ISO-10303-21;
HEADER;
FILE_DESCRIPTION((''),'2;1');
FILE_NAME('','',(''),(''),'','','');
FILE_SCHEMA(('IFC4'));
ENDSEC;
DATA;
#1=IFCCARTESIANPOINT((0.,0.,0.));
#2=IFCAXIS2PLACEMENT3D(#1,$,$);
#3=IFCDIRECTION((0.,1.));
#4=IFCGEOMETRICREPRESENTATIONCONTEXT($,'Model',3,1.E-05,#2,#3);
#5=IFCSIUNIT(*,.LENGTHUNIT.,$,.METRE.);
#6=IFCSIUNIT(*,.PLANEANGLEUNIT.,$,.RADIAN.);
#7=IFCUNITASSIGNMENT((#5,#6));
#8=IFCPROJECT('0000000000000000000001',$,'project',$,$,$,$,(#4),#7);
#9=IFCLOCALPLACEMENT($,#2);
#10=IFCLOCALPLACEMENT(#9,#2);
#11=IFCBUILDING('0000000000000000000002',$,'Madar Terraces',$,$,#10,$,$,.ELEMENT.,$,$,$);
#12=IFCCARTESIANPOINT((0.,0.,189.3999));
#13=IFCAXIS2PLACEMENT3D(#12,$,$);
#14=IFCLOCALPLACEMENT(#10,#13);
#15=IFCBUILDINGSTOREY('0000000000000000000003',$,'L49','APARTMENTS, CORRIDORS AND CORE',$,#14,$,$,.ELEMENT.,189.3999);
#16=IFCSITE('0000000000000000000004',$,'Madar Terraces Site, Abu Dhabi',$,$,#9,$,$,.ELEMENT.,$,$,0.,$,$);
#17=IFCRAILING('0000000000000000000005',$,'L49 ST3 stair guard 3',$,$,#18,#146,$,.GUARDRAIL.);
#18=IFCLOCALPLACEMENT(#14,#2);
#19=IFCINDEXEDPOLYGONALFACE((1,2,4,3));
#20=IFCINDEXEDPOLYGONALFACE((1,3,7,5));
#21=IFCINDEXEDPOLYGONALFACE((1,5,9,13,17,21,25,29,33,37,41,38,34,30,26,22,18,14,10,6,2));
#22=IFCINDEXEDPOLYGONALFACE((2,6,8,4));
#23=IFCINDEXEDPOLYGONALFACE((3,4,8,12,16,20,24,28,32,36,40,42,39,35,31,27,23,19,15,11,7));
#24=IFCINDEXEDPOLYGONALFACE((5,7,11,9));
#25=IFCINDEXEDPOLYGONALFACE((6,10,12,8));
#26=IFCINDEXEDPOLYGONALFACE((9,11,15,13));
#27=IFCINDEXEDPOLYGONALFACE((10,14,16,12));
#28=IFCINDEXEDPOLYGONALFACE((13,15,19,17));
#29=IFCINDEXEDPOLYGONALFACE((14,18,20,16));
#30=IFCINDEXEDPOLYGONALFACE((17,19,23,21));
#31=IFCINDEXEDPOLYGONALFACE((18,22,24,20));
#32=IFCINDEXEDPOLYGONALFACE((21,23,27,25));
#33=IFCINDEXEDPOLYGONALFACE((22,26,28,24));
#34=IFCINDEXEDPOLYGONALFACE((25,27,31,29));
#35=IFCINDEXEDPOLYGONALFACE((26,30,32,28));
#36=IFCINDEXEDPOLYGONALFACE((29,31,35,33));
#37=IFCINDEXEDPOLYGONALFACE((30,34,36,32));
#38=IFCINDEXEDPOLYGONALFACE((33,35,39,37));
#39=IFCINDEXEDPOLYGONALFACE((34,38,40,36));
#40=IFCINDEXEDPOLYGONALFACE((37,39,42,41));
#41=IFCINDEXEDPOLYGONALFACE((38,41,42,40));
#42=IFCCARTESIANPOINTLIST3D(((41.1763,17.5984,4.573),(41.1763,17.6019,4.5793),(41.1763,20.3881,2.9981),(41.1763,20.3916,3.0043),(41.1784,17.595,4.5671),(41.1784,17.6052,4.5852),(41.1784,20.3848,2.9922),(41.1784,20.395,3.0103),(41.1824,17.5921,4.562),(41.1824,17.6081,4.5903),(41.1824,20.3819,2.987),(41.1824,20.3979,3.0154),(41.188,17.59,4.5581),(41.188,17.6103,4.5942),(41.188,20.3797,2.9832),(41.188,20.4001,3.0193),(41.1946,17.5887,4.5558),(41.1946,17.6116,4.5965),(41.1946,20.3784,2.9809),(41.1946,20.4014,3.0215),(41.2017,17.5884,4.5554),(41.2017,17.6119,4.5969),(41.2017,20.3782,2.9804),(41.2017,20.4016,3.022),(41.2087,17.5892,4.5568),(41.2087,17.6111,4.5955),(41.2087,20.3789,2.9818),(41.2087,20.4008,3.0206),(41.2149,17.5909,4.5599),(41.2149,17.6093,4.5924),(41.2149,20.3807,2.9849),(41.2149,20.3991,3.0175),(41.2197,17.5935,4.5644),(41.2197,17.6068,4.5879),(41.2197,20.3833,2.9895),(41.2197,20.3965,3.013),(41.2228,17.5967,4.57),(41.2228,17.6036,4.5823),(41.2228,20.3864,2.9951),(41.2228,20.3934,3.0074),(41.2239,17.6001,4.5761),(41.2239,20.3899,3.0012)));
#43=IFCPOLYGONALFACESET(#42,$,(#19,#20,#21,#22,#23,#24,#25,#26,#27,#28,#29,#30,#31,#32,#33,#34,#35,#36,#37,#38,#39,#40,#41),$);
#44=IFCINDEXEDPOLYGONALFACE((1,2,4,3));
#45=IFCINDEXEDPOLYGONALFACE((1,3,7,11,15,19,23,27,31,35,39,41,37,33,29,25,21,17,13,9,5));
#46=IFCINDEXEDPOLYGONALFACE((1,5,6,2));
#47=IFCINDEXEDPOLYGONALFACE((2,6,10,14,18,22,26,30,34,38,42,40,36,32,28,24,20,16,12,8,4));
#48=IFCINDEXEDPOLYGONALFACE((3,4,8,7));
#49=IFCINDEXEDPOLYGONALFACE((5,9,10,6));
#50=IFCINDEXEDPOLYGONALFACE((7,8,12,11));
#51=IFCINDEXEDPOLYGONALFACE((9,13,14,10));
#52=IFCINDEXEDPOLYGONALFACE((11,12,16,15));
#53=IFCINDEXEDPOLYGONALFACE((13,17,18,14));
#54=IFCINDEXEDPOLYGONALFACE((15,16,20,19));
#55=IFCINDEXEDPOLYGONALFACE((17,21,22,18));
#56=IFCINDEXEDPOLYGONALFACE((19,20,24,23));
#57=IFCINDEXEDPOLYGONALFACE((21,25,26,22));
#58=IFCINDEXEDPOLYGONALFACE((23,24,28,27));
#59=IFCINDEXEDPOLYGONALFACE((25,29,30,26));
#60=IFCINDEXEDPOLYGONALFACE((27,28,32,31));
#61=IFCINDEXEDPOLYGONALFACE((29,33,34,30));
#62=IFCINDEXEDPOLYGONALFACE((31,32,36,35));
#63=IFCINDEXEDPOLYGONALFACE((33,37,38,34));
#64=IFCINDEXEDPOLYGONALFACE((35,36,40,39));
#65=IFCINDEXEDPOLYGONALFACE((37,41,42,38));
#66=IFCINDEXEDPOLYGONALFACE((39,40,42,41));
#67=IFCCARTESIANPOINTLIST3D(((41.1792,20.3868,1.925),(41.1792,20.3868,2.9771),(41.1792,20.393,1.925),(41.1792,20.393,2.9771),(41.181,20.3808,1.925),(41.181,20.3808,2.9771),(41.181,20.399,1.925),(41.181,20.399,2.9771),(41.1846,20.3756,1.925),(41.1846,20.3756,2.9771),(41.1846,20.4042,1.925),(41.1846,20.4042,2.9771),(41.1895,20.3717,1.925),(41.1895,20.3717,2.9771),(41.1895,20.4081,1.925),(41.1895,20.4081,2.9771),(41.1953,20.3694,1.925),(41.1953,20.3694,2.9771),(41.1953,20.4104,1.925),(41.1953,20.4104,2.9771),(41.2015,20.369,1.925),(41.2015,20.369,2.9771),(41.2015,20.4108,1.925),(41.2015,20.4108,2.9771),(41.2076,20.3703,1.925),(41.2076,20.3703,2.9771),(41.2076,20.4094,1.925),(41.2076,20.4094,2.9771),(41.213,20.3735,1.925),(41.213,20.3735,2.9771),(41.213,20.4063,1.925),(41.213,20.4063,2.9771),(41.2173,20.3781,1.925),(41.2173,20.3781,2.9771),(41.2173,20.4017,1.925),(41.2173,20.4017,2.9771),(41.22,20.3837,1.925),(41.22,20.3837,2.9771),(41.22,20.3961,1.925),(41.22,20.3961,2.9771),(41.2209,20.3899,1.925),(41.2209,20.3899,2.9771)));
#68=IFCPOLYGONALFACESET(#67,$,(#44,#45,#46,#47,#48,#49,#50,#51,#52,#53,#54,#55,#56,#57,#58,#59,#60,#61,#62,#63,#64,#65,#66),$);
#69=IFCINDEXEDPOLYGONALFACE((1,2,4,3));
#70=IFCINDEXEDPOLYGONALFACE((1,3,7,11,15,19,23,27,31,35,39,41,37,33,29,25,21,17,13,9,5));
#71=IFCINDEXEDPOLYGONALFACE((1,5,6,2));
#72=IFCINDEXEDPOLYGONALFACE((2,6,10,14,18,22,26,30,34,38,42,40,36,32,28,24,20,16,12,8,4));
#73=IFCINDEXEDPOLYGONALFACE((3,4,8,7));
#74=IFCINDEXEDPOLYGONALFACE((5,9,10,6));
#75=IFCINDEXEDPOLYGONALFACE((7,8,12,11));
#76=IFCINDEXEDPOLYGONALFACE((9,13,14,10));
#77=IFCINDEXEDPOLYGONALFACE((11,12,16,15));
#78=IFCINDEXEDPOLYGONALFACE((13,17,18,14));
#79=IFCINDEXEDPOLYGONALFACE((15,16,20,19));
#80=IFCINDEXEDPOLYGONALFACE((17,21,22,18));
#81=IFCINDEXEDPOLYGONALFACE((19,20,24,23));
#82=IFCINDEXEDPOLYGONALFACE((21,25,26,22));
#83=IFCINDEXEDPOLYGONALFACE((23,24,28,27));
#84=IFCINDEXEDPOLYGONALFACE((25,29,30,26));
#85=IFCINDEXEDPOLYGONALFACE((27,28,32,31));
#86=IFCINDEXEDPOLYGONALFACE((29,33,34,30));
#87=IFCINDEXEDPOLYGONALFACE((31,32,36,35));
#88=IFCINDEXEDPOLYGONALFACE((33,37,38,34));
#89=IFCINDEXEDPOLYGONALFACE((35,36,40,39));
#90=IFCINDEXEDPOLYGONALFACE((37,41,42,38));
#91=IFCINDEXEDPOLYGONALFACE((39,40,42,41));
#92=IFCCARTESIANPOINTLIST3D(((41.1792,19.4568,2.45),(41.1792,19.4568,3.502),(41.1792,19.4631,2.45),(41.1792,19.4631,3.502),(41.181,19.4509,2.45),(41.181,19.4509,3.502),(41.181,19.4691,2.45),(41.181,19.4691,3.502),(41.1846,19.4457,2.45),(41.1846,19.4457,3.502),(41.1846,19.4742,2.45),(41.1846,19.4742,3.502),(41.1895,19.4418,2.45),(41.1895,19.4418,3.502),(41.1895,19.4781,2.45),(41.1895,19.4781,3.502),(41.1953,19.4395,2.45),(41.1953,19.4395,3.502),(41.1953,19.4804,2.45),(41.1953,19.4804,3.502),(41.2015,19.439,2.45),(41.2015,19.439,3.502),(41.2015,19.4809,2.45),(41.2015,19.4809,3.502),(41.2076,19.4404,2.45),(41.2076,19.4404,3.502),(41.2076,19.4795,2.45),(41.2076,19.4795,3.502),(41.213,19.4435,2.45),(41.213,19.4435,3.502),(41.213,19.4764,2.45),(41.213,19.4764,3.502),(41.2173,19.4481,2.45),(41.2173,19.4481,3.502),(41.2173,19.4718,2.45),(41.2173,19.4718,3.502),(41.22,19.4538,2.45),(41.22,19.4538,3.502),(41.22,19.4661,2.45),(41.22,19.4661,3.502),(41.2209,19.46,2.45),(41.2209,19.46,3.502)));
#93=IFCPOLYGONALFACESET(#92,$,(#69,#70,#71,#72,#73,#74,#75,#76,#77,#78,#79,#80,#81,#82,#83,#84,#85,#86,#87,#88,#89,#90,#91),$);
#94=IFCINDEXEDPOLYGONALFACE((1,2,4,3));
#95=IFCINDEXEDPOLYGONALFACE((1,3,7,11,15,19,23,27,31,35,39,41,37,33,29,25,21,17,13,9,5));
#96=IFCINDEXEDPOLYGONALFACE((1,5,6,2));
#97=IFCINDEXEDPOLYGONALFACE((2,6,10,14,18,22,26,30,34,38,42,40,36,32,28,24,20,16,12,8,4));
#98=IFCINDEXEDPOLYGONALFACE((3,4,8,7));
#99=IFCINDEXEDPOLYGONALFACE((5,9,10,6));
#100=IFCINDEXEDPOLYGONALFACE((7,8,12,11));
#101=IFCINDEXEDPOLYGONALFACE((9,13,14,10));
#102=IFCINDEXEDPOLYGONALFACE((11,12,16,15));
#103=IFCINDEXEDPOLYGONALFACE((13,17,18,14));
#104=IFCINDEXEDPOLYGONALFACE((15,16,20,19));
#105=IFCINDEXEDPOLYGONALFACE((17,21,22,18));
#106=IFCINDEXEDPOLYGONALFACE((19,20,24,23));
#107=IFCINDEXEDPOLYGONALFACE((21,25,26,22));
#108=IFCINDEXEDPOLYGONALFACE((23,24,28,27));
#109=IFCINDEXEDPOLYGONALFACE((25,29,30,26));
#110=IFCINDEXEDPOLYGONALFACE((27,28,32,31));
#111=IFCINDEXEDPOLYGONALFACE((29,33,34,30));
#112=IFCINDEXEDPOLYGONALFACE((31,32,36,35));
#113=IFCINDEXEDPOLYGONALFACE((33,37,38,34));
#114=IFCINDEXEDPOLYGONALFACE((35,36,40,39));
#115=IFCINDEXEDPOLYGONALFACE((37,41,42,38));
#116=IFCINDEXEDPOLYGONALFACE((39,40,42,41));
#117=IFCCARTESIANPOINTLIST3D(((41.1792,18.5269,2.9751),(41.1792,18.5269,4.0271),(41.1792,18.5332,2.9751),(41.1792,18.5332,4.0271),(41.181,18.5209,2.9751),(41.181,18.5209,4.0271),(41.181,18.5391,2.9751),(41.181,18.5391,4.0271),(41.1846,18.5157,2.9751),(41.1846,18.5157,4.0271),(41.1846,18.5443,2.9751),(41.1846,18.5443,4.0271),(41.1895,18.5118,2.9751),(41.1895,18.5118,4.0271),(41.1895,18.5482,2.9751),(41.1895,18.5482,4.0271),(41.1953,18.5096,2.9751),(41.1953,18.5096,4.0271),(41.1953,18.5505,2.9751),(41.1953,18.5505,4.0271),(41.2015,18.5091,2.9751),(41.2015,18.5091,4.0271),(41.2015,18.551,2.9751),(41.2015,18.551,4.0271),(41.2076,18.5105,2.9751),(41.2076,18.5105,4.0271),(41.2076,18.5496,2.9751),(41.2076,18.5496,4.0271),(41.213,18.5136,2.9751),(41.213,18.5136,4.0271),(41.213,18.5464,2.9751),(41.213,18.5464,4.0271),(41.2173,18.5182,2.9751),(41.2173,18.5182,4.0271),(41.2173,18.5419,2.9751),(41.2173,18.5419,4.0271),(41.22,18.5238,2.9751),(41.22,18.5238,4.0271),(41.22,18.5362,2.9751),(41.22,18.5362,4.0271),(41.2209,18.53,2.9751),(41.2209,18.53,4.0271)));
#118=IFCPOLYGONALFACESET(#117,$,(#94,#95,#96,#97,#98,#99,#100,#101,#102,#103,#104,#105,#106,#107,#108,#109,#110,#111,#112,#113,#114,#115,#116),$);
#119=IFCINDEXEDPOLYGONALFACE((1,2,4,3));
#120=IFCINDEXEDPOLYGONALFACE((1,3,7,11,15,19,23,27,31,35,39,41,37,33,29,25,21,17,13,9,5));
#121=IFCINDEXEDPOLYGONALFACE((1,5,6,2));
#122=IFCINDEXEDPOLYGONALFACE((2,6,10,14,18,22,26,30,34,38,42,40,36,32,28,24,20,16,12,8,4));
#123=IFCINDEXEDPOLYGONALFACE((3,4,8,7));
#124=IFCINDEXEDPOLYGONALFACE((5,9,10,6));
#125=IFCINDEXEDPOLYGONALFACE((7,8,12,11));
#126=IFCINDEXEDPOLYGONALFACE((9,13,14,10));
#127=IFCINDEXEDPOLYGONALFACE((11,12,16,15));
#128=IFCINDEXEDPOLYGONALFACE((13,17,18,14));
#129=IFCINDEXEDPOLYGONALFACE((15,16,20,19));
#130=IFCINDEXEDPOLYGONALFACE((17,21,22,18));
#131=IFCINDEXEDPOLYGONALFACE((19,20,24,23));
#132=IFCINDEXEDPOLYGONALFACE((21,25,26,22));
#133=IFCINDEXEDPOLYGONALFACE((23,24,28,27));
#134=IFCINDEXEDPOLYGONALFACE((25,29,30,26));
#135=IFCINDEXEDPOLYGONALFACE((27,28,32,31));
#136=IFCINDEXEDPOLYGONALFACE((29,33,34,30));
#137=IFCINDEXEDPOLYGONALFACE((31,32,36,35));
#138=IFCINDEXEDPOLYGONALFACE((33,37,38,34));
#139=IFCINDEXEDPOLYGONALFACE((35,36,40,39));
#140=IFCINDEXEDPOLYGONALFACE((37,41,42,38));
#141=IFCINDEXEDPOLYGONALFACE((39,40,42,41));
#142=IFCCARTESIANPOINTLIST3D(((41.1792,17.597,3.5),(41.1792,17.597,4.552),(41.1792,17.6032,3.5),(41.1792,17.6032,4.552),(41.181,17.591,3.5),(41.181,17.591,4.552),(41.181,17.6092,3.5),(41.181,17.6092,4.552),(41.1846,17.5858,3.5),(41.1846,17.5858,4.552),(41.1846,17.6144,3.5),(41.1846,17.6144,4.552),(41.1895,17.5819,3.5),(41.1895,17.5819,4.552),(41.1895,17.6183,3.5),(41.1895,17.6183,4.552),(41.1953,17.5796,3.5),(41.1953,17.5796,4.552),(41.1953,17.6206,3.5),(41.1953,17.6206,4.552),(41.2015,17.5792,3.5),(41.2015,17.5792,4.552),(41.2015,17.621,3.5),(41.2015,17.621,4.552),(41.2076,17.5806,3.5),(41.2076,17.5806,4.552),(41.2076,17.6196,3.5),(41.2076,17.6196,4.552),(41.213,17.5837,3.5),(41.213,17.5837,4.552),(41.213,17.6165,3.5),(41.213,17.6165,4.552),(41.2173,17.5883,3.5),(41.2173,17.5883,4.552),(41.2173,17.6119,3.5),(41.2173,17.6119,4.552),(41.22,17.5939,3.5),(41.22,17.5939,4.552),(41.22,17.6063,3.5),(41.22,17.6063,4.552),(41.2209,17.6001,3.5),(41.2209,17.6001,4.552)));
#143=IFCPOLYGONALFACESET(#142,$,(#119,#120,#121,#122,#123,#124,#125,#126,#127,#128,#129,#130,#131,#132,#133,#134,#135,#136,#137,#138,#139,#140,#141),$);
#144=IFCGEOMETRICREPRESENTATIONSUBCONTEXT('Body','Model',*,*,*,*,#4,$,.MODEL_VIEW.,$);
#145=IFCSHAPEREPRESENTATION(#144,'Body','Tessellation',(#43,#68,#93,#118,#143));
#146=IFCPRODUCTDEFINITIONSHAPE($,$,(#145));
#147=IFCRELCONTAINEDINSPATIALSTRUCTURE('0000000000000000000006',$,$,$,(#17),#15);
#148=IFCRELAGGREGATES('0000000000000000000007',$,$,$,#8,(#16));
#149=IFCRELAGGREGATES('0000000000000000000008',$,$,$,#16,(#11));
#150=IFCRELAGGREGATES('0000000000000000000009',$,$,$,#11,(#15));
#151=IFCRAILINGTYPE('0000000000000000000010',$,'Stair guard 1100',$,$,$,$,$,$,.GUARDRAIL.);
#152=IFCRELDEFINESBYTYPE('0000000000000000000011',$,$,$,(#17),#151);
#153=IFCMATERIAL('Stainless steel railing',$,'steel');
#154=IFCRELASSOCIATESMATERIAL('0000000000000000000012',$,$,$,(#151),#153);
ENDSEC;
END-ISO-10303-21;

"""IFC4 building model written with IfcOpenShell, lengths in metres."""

from ifc_helpers import new_model, si_unit, direction, frame, origin, origin_2d, place, context, subcontext, project, spatial, circle, extrude, material, type_object, element, save


model = new_model("IFC4")

# Units and contexts
model_context = context("Model", 3, precision=1e-05, world=origin(), true_north=direction((0.0, 1.0)))
body_context = subcontext(model_context, "Body", "Model", "MODEL_VIEW")
ifc_project = project(units=[si_unit("LENGTHUNIT", "METRE"), si_unit("PLANEANGLEUNIT", "RADIAN")], contexts=[model_context])

# Site, building, storey
site_placement = place(None, origin())
site = spatial("IfcSite", under=ifc_project, at=site_placement, Name="Madar Terraces Site, Abu Dhabi", CompositionType="ELEMENT", RefElevation=0.0)
building_placement = place(site_placement, origin())
building = spatial("IfcBuilding", under=site, at=building_placement, Name="Madar Terraces", CompositionType="ELEMENT")
storey_placement = place(building_placement, frame((0.0, 0.0, 189.3999)))
storey = spatial("IfcBuildingStorey", under=building, at=storey_placement, Name="L49", Description="APARTMENTS, CORRIDORS AND CORE", CompositionType="ELEMENT", Elevation=189.3999)

# Railing
ifc_material_1 = material(Name="Stainless steel railing", Category="steel")
railing_type_1 = type_object("IfcRailingType", Name="Stair guard 1100", PredefinedType="GUARDRAIL", material=ifc_material_1)
railing_1_placement = place(storey_placement, frame((41.2, 20.3899, 1.925)))
element("IfcRailing", 1, at=railing_1_placement, inside=storey, type_object=railing_type_1, Name="L49 ST3 stair guard 3", PredefinedType="GUARDRAIL", context=body_context, shape_type="SweptSolid", body=[
    extrude(circle(Radius=0.0239, at=origin_2d()), frame((0.0, 0.0, 1.0762), z_axis=(0.0, -0.870815, 0.49161), x_axis=(1.0, 0.0, 0.0)), (0.0, 0.0, 1.0), 3.2036),
    extrude(circle(Radius=0.021, at=origin_2d()), origin(), (0.0, 0.0, 1.0), 1.052),
    extrude(circle(Radius=0.021, at=origin_2d()), frame((0.0, -0.9299, 0.5249)), (0.0, 0.0, 1.0), 1.052),
    extrude(circle(Radius=0.021, at=origin_2d()), frame((0.0, -1.8599, 1.05)), (0.0, 0.0, 1.0), 1.052),
    extrude(circle(Radius=0.021, at=origin_2d()), frame((0.0, -2.7898, 1.575)), (0.0, 0.0, 1.0), 1.052),
])

save(model, "model.ifc")
